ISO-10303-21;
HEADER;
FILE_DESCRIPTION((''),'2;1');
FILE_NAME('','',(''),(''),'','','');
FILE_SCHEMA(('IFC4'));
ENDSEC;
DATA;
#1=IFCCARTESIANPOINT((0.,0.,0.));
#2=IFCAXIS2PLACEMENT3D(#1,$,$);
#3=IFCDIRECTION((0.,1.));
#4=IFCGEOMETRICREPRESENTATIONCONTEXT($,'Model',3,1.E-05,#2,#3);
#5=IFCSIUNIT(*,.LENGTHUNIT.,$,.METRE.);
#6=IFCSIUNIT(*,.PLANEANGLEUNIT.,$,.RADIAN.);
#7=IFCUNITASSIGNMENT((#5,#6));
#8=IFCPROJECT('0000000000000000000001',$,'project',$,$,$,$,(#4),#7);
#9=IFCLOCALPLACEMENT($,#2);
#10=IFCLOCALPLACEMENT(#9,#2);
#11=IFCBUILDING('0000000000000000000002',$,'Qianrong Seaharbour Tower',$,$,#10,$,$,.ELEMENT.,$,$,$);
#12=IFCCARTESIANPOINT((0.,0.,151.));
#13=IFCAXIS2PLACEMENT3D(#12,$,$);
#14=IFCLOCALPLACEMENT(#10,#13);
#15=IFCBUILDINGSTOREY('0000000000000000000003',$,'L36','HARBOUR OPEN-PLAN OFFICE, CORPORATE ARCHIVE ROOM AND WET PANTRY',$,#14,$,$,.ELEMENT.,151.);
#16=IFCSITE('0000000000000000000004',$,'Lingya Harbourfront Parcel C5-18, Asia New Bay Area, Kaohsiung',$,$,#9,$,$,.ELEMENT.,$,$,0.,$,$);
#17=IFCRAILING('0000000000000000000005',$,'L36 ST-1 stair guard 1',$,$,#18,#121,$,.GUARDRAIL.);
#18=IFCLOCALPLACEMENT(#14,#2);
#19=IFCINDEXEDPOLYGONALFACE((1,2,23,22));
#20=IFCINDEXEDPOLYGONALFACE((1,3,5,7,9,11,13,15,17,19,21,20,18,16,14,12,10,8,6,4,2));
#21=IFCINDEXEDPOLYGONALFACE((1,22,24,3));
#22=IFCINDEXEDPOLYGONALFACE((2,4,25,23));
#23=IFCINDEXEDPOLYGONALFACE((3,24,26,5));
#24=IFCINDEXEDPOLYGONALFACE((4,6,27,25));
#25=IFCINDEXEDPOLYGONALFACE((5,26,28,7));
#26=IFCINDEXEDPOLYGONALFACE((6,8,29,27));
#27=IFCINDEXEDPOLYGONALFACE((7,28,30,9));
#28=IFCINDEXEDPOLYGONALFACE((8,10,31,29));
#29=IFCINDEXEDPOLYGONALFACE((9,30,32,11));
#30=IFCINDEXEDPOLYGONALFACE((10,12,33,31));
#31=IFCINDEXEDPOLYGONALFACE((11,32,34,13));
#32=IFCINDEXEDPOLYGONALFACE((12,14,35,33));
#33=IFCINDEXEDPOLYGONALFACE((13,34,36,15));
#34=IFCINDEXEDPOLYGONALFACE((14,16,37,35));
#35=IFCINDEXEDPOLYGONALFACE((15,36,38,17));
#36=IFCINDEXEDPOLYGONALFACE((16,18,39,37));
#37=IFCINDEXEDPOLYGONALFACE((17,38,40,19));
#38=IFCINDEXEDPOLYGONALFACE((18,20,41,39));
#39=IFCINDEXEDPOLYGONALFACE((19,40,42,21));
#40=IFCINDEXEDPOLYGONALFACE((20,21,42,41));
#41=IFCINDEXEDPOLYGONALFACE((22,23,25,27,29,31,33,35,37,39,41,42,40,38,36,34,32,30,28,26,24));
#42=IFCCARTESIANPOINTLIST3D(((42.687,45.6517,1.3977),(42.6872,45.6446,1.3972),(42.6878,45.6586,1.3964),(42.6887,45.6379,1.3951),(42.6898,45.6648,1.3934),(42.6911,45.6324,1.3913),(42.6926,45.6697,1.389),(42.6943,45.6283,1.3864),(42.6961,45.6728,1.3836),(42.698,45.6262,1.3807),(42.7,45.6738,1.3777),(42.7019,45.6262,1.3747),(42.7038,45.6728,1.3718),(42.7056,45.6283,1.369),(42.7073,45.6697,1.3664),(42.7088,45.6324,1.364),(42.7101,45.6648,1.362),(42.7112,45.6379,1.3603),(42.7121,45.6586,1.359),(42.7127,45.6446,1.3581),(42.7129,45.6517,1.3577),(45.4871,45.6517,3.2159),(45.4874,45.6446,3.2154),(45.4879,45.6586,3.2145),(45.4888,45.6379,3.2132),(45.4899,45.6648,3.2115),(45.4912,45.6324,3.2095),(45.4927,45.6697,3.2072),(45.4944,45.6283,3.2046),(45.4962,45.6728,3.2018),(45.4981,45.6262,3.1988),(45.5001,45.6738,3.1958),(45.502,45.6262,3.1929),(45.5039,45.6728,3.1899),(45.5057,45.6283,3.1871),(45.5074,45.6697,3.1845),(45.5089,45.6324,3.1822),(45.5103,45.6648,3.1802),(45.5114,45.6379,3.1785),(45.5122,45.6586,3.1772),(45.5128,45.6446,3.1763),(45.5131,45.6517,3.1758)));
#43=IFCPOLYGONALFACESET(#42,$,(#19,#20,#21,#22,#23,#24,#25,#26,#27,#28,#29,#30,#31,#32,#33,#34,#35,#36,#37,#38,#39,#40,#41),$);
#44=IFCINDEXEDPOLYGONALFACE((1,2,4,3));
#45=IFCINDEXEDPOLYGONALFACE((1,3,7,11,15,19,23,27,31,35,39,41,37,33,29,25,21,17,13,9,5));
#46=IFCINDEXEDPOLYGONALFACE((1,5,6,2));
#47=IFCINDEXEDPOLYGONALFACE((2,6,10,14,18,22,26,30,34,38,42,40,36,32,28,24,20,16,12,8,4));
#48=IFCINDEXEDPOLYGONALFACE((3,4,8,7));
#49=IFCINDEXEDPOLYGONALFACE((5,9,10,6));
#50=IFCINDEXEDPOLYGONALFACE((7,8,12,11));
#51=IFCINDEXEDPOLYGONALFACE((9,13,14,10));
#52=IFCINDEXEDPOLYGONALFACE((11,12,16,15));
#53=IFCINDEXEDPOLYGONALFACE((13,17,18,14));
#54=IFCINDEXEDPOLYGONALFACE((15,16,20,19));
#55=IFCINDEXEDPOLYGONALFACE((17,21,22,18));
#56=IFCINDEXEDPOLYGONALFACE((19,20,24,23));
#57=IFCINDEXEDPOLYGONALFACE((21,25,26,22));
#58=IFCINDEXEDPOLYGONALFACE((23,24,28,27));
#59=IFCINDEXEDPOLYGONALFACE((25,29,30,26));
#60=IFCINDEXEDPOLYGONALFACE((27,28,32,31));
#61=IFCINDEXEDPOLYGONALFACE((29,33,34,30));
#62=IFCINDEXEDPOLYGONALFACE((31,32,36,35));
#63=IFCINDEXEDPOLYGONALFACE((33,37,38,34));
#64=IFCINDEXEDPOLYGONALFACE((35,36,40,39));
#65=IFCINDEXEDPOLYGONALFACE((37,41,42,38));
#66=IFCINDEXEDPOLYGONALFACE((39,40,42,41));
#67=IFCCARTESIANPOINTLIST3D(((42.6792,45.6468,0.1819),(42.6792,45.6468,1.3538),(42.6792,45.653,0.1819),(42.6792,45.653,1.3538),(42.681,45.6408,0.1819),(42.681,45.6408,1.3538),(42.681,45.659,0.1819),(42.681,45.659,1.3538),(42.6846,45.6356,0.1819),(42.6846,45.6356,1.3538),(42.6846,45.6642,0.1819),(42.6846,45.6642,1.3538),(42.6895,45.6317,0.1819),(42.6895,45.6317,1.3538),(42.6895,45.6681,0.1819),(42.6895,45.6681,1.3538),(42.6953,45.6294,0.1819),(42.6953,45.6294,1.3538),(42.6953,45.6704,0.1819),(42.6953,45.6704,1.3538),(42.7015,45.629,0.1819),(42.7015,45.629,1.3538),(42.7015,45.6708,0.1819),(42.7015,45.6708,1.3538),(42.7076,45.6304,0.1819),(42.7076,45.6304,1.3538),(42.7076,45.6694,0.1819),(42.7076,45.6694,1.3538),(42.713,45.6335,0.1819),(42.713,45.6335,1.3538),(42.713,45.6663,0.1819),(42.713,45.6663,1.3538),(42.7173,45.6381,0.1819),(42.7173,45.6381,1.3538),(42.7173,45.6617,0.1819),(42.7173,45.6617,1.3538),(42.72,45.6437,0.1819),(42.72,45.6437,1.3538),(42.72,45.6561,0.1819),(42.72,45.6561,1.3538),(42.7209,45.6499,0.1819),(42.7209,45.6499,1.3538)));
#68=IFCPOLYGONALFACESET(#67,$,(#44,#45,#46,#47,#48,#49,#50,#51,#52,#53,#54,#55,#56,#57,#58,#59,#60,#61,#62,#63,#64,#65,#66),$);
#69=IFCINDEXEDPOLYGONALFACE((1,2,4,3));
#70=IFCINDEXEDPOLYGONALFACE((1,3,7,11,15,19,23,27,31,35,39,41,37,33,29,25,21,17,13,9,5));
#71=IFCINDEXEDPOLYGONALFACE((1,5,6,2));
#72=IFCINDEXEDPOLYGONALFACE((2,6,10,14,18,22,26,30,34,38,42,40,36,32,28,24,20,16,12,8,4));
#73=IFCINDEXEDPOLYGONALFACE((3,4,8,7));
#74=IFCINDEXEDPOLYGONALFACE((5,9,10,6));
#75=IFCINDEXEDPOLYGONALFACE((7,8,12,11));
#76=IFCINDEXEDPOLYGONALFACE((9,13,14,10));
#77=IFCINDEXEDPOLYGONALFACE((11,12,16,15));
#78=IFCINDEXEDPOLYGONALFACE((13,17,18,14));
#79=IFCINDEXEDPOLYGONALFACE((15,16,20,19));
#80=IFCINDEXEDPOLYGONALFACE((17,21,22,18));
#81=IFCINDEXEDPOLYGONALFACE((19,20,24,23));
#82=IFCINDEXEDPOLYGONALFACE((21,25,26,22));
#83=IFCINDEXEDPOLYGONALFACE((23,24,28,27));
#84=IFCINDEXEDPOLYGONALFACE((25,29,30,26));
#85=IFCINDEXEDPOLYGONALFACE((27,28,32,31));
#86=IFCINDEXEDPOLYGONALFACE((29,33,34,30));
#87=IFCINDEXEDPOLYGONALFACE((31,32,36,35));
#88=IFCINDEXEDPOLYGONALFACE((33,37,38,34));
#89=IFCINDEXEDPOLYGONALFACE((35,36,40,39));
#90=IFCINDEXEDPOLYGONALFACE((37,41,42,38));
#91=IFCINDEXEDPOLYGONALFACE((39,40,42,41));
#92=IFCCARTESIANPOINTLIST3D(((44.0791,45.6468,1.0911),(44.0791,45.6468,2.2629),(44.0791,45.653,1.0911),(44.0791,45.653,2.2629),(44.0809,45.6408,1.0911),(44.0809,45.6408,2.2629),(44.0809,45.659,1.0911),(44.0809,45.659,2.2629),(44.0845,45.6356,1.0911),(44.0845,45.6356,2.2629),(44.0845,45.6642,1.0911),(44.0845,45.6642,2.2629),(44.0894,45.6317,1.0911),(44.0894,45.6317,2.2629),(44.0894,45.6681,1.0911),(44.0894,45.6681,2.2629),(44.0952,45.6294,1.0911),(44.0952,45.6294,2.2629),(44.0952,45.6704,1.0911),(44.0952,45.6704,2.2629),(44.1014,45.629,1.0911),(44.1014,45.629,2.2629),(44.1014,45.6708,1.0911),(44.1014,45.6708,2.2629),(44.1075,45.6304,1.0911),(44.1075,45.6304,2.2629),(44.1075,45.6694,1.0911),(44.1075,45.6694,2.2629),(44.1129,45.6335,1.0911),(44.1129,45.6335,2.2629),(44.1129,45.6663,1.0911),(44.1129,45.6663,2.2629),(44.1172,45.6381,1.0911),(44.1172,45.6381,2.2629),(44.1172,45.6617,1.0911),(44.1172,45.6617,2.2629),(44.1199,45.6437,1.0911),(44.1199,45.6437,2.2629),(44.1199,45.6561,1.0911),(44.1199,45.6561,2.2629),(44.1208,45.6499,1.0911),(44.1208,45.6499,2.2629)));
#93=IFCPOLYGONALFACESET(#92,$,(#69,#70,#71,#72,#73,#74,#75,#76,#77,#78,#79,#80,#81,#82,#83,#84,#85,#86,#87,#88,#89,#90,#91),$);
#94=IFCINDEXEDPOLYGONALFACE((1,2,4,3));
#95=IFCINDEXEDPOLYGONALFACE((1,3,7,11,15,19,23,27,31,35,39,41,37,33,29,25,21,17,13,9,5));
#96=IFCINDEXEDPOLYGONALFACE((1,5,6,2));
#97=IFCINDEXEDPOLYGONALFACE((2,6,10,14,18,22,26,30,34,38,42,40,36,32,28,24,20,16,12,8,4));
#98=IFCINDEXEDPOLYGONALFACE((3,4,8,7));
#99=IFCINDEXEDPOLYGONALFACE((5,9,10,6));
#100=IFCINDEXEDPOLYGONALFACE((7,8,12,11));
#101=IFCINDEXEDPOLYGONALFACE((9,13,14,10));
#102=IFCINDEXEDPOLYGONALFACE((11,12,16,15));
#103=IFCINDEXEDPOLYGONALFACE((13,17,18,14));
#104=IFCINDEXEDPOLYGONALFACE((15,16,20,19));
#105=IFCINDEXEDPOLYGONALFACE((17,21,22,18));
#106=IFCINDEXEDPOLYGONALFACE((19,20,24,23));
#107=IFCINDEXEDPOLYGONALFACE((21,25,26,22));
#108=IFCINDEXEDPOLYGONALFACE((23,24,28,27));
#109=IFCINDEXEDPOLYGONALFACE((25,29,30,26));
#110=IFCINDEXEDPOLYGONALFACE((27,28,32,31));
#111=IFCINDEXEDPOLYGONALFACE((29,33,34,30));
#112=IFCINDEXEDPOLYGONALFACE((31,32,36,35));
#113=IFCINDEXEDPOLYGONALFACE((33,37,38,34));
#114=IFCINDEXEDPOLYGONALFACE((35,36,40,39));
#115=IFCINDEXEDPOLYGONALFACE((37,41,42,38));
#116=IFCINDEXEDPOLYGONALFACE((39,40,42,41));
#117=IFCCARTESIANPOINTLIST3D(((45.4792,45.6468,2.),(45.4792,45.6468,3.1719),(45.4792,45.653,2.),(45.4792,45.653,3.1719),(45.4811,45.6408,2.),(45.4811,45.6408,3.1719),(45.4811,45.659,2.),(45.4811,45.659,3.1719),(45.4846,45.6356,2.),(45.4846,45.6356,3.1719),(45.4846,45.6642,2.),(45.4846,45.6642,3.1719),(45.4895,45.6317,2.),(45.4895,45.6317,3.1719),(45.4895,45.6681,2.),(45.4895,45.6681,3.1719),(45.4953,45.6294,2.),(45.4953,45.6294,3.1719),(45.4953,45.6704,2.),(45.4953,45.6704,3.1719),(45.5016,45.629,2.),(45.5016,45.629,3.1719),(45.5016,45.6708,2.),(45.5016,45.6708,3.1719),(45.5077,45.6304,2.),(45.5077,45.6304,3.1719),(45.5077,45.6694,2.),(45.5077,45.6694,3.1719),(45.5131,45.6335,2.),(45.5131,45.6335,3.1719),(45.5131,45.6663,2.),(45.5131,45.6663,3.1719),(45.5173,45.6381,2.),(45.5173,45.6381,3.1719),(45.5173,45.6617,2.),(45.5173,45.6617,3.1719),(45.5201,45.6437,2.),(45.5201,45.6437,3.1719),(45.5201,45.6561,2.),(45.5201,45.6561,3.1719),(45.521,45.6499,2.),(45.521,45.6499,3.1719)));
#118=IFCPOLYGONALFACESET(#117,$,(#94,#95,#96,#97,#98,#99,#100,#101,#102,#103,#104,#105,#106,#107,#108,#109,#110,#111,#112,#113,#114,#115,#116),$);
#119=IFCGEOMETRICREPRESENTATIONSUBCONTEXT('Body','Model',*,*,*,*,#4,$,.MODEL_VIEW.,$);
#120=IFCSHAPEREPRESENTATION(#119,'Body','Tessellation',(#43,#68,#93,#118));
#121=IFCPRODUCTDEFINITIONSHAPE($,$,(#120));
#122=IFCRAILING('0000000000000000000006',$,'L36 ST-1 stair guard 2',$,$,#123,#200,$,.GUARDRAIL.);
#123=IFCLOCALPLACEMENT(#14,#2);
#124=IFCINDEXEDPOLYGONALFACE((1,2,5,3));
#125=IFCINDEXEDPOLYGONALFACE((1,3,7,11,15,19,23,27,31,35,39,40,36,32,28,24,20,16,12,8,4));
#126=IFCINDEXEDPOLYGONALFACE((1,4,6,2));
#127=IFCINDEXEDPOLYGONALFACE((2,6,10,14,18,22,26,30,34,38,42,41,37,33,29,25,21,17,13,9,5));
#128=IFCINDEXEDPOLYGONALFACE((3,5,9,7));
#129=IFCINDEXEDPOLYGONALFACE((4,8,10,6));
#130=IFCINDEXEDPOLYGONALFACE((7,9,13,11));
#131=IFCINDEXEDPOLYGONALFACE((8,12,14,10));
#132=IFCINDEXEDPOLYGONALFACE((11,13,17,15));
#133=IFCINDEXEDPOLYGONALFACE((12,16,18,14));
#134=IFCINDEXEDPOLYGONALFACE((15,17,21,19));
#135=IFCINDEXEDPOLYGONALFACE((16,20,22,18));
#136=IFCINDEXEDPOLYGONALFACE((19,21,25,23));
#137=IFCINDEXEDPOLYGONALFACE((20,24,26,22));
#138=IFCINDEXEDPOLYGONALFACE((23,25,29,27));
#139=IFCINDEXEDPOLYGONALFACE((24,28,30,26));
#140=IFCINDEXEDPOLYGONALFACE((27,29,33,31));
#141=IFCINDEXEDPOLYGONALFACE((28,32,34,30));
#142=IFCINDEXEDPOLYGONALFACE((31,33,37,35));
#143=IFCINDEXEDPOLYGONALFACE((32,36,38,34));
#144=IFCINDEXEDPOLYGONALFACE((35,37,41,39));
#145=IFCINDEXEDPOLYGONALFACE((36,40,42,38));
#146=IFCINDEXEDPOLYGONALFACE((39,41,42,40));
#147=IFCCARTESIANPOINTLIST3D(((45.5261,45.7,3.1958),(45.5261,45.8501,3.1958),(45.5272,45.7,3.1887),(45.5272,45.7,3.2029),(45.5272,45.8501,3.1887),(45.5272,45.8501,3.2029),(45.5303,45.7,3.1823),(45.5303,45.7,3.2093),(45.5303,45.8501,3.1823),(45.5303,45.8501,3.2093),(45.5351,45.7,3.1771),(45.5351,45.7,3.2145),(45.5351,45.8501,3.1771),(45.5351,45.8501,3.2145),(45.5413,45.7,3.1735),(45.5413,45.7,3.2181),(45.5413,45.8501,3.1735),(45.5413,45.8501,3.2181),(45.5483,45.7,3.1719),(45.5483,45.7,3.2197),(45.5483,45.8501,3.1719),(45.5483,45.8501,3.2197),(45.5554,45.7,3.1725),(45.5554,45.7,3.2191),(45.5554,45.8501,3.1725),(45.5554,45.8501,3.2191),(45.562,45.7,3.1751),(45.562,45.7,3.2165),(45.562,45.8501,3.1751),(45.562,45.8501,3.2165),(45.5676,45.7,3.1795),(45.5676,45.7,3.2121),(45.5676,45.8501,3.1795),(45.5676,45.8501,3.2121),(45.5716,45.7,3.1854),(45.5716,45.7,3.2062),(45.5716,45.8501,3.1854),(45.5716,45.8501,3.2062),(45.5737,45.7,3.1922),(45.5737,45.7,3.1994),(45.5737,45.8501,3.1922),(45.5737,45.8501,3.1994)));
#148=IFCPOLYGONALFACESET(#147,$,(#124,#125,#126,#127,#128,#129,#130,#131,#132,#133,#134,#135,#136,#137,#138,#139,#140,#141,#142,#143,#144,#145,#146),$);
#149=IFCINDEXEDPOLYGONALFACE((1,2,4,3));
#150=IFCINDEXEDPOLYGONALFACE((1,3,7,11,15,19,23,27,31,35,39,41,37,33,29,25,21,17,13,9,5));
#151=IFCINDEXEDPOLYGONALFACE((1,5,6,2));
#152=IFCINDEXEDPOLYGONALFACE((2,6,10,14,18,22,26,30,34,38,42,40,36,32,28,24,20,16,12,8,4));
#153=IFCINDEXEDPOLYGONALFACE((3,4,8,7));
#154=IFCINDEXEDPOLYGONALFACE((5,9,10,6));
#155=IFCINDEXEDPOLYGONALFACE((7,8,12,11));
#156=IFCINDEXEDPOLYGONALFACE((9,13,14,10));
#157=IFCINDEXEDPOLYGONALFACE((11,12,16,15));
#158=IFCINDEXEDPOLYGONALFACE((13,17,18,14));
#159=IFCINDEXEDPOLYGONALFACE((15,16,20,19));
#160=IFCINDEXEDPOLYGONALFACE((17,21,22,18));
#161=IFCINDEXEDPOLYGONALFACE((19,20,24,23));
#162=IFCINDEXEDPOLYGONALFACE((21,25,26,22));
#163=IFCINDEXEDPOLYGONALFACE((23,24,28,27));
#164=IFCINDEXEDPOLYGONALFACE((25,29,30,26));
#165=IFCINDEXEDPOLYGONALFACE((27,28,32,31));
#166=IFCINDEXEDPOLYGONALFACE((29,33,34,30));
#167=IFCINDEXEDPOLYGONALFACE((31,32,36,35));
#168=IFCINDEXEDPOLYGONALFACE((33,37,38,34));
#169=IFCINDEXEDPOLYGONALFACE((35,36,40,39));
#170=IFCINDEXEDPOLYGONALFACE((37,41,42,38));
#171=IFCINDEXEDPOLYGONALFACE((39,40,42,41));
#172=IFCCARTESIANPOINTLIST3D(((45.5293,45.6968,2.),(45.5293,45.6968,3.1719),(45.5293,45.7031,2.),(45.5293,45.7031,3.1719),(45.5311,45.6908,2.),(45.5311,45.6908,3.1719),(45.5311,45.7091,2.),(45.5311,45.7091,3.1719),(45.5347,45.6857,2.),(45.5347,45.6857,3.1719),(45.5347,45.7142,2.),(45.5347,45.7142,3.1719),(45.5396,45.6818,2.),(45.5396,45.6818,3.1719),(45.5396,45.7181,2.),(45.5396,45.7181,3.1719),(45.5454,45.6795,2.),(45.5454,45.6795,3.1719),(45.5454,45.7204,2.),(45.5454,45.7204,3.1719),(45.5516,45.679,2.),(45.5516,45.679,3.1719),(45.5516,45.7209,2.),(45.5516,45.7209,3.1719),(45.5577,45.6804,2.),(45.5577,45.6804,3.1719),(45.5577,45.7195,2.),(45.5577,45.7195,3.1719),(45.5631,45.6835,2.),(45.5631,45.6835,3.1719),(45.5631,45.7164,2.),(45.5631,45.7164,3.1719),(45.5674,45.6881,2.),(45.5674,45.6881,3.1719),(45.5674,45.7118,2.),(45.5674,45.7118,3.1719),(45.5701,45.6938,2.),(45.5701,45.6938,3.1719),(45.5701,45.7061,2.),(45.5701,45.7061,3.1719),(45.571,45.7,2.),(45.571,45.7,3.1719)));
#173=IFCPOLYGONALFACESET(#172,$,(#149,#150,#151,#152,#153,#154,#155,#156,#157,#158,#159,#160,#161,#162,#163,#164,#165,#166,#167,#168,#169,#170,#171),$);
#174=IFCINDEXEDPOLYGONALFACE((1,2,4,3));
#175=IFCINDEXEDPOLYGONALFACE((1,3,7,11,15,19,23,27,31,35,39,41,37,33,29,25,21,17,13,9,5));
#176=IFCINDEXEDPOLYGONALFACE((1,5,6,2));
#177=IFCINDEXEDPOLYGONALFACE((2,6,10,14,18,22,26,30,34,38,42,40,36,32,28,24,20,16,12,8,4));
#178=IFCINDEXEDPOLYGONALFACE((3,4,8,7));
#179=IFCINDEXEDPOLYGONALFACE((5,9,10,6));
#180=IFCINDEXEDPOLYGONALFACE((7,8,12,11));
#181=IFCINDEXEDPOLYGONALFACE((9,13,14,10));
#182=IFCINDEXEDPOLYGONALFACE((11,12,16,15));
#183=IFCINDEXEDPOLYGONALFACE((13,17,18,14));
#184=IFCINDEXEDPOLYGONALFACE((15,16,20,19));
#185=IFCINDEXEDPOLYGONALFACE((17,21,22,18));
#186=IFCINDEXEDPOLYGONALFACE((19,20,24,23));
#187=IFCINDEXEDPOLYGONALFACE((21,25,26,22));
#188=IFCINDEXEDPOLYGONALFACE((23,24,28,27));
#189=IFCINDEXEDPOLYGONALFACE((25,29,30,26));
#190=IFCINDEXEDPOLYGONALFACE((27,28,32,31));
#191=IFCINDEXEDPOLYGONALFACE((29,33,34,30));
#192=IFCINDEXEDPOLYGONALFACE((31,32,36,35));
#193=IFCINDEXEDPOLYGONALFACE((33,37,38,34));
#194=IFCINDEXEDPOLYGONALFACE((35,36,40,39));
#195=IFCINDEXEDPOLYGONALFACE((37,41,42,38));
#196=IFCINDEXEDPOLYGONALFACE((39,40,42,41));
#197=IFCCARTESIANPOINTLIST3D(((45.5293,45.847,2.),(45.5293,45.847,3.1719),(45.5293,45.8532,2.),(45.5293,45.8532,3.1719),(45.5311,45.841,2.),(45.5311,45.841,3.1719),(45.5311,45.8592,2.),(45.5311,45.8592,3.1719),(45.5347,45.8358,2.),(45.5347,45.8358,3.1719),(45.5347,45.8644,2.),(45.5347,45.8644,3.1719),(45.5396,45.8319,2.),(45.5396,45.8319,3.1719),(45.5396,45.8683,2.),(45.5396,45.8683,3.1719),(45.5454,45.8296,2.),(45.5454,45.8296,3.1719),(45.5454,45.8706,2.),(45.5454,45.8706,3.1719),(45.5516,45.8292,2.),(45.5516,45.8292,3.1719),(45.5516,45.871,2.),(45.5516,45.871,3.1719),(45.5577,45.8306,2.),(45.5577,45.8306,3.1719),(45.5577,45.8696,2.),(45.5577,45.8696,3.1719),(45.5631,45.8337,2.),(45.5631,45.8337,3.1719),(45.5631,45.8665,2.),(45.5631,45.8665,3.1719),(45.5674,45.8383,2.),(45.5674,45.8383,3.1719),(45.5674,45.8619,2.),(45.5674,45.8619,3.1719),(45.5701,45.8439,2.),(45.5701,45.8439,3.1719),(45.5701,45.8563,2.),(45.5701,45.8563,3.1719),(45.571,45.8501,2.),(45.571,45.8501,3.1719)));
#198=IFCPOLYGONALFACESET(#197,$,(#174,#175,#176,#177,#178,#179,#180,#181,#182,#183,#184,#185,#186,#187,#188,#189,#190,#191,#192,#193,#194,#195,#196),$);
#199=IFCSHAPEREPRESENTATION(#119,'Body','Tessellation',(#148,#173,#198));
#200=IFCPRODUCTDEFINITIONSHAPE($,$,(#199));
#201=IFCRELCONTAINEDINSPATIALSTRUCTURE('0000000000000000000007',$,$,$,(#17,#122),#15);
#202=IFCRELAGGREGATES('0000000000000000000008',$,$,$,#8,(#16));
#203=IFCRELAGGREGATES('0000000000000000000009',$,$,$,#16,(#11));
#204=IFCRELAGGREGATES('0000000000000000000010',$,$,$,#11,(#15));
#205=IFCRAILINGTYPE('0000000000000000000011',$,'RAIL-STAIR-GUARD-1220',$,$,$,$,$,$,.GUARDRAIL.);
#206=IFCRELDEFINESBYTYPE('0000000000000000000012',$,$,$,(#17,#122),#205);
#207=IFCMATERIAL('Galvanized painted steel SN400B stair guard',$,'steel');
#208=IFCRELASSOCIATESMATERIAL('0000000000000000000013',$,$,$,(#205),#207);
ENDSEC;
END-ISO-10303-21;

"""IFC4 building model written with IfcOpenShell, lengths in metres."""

from ifc_helpers import new_model, si_unit, direction, frame, origin, origin_2d, place, context, subcontext, project, spatial, circle, extrude, material, type_object, element, save


model = new_model("IFC4")

# Units and contexts
model_context = context("Model", 3, precision=1e-05, world=origin(), true_north=direction((0.0, 1.0)))
body_context = subcontext(model_context, "Body", "Model", "MODEL_VIEW")
ifc_project = project(units=[si_unit("LENGTHUNIT", "METRE"), si_unit("PLANEANGLEUNIT", "RADIAN")], contexts=[model_context])

# Site, building, storey
site_placement = place(None, origin())
site = spatial("IfcSite", under=ifc_project, at=site_placement, Name="Lingya Harbourfront Parcel C5-18, Asia New Bay Area, Kaohsiung", CompositionType="ELEMENT", RefElevation=0.0)
building_placement = place(site_placement, origin())
building = spatial("IfcBuilding", under=site, at=building_placement, Name="Qianrong Seaharbour Tower", CompositionType="ELEMENT")
storey_placement = place(building_placement, frame((0.0, 0.0, 151.0)))
storey = spatial("IfcBuildingStorey", under=building, at=storey_placement, Name="L36", Description="HARBOUR OPEN-PLAN OFFICE, CORPORATE ARCHIVE ROOM AND WET PANTRY", CompositionType="ELEMENT", Elevation=151.0)

# Railings
ifc_material_1 = material(Name="Galvanized painted steel SN400B stair guard", Category="steel")
railing_type_1 = type_object("IfcRailingType", Name="RAIL-STAIR-GUARD-1220", PredefinedType="GUARDRAIL", material=ifc_material_1)
railing_1_placement = place(storey_placement, frame((42.7, 45.6499, 0.1819)))
element("IfcRailing", 1, at=railing_1_placement, inside=storey, type_object=railing_type_1, Name="L36 ST-1 stair guard 1", PredefinedType="GUARDRAIL", context=body_context, shape_type="SweptSolid", body=[
    extrude(circle(Radius=0.0239, at=origin_2d()), frame((0.0, 0.0, 1.1958), z_axis=(0.838706, 0.0, 0.544585), x_axis=(0.0, 1.0, 0.0)), (0.0, 0.0, 1.0), 3.3386),
    extrude(circle(Radius=0.021, at=origin_2d()), origin(), (0.0, 0.0, 1.0), 1.1719),
    extrude(circle(Radius=0.021, at=origin_2d()), frame((1.3999, 0.0, 0.9092)), (0.0, 0.0, 1.0), 1.1719),
    extrude(circle(Radius=0.021, at=origin_2d()), frame((2.8, 0.0, 1.8181)), (0.0, 0.0, 1.0), 1.1719),
])
railing_2_placement = place(storey_placement, frame((45.55, 45.7, 2.0)))
element("IfcRailing", 2, at=railing_2_placement, inside=storey, type_object=railing_type_1, Name="L36 ST-1 stair guard 2", PredefinedType="GUARDRAIL", context=body_context, shape_type="SweptSolid", body=[
    extrude(circle(Radius=0.0239, at=origin_2d()), frame((0.0, 0.0, 1.1958), z_axis=(0.0, 1.0, 0.0), x_axis=(-1.0, 0.0, 0.0)), (0.0, 0.0, 1.0), 0.1501),
    extrude(circle(Radius=0.021, at=origin_2d()), origin(), (0.0, 0.0, 1.0), 1.1719),
    extrude(circle(Radius=0.021, at=origin_2d()), frame((0.0, 0.1501, 0.0)), (0.0, 0.0, 1.0), 1.1719),
])

save(model, "model.ifc")
